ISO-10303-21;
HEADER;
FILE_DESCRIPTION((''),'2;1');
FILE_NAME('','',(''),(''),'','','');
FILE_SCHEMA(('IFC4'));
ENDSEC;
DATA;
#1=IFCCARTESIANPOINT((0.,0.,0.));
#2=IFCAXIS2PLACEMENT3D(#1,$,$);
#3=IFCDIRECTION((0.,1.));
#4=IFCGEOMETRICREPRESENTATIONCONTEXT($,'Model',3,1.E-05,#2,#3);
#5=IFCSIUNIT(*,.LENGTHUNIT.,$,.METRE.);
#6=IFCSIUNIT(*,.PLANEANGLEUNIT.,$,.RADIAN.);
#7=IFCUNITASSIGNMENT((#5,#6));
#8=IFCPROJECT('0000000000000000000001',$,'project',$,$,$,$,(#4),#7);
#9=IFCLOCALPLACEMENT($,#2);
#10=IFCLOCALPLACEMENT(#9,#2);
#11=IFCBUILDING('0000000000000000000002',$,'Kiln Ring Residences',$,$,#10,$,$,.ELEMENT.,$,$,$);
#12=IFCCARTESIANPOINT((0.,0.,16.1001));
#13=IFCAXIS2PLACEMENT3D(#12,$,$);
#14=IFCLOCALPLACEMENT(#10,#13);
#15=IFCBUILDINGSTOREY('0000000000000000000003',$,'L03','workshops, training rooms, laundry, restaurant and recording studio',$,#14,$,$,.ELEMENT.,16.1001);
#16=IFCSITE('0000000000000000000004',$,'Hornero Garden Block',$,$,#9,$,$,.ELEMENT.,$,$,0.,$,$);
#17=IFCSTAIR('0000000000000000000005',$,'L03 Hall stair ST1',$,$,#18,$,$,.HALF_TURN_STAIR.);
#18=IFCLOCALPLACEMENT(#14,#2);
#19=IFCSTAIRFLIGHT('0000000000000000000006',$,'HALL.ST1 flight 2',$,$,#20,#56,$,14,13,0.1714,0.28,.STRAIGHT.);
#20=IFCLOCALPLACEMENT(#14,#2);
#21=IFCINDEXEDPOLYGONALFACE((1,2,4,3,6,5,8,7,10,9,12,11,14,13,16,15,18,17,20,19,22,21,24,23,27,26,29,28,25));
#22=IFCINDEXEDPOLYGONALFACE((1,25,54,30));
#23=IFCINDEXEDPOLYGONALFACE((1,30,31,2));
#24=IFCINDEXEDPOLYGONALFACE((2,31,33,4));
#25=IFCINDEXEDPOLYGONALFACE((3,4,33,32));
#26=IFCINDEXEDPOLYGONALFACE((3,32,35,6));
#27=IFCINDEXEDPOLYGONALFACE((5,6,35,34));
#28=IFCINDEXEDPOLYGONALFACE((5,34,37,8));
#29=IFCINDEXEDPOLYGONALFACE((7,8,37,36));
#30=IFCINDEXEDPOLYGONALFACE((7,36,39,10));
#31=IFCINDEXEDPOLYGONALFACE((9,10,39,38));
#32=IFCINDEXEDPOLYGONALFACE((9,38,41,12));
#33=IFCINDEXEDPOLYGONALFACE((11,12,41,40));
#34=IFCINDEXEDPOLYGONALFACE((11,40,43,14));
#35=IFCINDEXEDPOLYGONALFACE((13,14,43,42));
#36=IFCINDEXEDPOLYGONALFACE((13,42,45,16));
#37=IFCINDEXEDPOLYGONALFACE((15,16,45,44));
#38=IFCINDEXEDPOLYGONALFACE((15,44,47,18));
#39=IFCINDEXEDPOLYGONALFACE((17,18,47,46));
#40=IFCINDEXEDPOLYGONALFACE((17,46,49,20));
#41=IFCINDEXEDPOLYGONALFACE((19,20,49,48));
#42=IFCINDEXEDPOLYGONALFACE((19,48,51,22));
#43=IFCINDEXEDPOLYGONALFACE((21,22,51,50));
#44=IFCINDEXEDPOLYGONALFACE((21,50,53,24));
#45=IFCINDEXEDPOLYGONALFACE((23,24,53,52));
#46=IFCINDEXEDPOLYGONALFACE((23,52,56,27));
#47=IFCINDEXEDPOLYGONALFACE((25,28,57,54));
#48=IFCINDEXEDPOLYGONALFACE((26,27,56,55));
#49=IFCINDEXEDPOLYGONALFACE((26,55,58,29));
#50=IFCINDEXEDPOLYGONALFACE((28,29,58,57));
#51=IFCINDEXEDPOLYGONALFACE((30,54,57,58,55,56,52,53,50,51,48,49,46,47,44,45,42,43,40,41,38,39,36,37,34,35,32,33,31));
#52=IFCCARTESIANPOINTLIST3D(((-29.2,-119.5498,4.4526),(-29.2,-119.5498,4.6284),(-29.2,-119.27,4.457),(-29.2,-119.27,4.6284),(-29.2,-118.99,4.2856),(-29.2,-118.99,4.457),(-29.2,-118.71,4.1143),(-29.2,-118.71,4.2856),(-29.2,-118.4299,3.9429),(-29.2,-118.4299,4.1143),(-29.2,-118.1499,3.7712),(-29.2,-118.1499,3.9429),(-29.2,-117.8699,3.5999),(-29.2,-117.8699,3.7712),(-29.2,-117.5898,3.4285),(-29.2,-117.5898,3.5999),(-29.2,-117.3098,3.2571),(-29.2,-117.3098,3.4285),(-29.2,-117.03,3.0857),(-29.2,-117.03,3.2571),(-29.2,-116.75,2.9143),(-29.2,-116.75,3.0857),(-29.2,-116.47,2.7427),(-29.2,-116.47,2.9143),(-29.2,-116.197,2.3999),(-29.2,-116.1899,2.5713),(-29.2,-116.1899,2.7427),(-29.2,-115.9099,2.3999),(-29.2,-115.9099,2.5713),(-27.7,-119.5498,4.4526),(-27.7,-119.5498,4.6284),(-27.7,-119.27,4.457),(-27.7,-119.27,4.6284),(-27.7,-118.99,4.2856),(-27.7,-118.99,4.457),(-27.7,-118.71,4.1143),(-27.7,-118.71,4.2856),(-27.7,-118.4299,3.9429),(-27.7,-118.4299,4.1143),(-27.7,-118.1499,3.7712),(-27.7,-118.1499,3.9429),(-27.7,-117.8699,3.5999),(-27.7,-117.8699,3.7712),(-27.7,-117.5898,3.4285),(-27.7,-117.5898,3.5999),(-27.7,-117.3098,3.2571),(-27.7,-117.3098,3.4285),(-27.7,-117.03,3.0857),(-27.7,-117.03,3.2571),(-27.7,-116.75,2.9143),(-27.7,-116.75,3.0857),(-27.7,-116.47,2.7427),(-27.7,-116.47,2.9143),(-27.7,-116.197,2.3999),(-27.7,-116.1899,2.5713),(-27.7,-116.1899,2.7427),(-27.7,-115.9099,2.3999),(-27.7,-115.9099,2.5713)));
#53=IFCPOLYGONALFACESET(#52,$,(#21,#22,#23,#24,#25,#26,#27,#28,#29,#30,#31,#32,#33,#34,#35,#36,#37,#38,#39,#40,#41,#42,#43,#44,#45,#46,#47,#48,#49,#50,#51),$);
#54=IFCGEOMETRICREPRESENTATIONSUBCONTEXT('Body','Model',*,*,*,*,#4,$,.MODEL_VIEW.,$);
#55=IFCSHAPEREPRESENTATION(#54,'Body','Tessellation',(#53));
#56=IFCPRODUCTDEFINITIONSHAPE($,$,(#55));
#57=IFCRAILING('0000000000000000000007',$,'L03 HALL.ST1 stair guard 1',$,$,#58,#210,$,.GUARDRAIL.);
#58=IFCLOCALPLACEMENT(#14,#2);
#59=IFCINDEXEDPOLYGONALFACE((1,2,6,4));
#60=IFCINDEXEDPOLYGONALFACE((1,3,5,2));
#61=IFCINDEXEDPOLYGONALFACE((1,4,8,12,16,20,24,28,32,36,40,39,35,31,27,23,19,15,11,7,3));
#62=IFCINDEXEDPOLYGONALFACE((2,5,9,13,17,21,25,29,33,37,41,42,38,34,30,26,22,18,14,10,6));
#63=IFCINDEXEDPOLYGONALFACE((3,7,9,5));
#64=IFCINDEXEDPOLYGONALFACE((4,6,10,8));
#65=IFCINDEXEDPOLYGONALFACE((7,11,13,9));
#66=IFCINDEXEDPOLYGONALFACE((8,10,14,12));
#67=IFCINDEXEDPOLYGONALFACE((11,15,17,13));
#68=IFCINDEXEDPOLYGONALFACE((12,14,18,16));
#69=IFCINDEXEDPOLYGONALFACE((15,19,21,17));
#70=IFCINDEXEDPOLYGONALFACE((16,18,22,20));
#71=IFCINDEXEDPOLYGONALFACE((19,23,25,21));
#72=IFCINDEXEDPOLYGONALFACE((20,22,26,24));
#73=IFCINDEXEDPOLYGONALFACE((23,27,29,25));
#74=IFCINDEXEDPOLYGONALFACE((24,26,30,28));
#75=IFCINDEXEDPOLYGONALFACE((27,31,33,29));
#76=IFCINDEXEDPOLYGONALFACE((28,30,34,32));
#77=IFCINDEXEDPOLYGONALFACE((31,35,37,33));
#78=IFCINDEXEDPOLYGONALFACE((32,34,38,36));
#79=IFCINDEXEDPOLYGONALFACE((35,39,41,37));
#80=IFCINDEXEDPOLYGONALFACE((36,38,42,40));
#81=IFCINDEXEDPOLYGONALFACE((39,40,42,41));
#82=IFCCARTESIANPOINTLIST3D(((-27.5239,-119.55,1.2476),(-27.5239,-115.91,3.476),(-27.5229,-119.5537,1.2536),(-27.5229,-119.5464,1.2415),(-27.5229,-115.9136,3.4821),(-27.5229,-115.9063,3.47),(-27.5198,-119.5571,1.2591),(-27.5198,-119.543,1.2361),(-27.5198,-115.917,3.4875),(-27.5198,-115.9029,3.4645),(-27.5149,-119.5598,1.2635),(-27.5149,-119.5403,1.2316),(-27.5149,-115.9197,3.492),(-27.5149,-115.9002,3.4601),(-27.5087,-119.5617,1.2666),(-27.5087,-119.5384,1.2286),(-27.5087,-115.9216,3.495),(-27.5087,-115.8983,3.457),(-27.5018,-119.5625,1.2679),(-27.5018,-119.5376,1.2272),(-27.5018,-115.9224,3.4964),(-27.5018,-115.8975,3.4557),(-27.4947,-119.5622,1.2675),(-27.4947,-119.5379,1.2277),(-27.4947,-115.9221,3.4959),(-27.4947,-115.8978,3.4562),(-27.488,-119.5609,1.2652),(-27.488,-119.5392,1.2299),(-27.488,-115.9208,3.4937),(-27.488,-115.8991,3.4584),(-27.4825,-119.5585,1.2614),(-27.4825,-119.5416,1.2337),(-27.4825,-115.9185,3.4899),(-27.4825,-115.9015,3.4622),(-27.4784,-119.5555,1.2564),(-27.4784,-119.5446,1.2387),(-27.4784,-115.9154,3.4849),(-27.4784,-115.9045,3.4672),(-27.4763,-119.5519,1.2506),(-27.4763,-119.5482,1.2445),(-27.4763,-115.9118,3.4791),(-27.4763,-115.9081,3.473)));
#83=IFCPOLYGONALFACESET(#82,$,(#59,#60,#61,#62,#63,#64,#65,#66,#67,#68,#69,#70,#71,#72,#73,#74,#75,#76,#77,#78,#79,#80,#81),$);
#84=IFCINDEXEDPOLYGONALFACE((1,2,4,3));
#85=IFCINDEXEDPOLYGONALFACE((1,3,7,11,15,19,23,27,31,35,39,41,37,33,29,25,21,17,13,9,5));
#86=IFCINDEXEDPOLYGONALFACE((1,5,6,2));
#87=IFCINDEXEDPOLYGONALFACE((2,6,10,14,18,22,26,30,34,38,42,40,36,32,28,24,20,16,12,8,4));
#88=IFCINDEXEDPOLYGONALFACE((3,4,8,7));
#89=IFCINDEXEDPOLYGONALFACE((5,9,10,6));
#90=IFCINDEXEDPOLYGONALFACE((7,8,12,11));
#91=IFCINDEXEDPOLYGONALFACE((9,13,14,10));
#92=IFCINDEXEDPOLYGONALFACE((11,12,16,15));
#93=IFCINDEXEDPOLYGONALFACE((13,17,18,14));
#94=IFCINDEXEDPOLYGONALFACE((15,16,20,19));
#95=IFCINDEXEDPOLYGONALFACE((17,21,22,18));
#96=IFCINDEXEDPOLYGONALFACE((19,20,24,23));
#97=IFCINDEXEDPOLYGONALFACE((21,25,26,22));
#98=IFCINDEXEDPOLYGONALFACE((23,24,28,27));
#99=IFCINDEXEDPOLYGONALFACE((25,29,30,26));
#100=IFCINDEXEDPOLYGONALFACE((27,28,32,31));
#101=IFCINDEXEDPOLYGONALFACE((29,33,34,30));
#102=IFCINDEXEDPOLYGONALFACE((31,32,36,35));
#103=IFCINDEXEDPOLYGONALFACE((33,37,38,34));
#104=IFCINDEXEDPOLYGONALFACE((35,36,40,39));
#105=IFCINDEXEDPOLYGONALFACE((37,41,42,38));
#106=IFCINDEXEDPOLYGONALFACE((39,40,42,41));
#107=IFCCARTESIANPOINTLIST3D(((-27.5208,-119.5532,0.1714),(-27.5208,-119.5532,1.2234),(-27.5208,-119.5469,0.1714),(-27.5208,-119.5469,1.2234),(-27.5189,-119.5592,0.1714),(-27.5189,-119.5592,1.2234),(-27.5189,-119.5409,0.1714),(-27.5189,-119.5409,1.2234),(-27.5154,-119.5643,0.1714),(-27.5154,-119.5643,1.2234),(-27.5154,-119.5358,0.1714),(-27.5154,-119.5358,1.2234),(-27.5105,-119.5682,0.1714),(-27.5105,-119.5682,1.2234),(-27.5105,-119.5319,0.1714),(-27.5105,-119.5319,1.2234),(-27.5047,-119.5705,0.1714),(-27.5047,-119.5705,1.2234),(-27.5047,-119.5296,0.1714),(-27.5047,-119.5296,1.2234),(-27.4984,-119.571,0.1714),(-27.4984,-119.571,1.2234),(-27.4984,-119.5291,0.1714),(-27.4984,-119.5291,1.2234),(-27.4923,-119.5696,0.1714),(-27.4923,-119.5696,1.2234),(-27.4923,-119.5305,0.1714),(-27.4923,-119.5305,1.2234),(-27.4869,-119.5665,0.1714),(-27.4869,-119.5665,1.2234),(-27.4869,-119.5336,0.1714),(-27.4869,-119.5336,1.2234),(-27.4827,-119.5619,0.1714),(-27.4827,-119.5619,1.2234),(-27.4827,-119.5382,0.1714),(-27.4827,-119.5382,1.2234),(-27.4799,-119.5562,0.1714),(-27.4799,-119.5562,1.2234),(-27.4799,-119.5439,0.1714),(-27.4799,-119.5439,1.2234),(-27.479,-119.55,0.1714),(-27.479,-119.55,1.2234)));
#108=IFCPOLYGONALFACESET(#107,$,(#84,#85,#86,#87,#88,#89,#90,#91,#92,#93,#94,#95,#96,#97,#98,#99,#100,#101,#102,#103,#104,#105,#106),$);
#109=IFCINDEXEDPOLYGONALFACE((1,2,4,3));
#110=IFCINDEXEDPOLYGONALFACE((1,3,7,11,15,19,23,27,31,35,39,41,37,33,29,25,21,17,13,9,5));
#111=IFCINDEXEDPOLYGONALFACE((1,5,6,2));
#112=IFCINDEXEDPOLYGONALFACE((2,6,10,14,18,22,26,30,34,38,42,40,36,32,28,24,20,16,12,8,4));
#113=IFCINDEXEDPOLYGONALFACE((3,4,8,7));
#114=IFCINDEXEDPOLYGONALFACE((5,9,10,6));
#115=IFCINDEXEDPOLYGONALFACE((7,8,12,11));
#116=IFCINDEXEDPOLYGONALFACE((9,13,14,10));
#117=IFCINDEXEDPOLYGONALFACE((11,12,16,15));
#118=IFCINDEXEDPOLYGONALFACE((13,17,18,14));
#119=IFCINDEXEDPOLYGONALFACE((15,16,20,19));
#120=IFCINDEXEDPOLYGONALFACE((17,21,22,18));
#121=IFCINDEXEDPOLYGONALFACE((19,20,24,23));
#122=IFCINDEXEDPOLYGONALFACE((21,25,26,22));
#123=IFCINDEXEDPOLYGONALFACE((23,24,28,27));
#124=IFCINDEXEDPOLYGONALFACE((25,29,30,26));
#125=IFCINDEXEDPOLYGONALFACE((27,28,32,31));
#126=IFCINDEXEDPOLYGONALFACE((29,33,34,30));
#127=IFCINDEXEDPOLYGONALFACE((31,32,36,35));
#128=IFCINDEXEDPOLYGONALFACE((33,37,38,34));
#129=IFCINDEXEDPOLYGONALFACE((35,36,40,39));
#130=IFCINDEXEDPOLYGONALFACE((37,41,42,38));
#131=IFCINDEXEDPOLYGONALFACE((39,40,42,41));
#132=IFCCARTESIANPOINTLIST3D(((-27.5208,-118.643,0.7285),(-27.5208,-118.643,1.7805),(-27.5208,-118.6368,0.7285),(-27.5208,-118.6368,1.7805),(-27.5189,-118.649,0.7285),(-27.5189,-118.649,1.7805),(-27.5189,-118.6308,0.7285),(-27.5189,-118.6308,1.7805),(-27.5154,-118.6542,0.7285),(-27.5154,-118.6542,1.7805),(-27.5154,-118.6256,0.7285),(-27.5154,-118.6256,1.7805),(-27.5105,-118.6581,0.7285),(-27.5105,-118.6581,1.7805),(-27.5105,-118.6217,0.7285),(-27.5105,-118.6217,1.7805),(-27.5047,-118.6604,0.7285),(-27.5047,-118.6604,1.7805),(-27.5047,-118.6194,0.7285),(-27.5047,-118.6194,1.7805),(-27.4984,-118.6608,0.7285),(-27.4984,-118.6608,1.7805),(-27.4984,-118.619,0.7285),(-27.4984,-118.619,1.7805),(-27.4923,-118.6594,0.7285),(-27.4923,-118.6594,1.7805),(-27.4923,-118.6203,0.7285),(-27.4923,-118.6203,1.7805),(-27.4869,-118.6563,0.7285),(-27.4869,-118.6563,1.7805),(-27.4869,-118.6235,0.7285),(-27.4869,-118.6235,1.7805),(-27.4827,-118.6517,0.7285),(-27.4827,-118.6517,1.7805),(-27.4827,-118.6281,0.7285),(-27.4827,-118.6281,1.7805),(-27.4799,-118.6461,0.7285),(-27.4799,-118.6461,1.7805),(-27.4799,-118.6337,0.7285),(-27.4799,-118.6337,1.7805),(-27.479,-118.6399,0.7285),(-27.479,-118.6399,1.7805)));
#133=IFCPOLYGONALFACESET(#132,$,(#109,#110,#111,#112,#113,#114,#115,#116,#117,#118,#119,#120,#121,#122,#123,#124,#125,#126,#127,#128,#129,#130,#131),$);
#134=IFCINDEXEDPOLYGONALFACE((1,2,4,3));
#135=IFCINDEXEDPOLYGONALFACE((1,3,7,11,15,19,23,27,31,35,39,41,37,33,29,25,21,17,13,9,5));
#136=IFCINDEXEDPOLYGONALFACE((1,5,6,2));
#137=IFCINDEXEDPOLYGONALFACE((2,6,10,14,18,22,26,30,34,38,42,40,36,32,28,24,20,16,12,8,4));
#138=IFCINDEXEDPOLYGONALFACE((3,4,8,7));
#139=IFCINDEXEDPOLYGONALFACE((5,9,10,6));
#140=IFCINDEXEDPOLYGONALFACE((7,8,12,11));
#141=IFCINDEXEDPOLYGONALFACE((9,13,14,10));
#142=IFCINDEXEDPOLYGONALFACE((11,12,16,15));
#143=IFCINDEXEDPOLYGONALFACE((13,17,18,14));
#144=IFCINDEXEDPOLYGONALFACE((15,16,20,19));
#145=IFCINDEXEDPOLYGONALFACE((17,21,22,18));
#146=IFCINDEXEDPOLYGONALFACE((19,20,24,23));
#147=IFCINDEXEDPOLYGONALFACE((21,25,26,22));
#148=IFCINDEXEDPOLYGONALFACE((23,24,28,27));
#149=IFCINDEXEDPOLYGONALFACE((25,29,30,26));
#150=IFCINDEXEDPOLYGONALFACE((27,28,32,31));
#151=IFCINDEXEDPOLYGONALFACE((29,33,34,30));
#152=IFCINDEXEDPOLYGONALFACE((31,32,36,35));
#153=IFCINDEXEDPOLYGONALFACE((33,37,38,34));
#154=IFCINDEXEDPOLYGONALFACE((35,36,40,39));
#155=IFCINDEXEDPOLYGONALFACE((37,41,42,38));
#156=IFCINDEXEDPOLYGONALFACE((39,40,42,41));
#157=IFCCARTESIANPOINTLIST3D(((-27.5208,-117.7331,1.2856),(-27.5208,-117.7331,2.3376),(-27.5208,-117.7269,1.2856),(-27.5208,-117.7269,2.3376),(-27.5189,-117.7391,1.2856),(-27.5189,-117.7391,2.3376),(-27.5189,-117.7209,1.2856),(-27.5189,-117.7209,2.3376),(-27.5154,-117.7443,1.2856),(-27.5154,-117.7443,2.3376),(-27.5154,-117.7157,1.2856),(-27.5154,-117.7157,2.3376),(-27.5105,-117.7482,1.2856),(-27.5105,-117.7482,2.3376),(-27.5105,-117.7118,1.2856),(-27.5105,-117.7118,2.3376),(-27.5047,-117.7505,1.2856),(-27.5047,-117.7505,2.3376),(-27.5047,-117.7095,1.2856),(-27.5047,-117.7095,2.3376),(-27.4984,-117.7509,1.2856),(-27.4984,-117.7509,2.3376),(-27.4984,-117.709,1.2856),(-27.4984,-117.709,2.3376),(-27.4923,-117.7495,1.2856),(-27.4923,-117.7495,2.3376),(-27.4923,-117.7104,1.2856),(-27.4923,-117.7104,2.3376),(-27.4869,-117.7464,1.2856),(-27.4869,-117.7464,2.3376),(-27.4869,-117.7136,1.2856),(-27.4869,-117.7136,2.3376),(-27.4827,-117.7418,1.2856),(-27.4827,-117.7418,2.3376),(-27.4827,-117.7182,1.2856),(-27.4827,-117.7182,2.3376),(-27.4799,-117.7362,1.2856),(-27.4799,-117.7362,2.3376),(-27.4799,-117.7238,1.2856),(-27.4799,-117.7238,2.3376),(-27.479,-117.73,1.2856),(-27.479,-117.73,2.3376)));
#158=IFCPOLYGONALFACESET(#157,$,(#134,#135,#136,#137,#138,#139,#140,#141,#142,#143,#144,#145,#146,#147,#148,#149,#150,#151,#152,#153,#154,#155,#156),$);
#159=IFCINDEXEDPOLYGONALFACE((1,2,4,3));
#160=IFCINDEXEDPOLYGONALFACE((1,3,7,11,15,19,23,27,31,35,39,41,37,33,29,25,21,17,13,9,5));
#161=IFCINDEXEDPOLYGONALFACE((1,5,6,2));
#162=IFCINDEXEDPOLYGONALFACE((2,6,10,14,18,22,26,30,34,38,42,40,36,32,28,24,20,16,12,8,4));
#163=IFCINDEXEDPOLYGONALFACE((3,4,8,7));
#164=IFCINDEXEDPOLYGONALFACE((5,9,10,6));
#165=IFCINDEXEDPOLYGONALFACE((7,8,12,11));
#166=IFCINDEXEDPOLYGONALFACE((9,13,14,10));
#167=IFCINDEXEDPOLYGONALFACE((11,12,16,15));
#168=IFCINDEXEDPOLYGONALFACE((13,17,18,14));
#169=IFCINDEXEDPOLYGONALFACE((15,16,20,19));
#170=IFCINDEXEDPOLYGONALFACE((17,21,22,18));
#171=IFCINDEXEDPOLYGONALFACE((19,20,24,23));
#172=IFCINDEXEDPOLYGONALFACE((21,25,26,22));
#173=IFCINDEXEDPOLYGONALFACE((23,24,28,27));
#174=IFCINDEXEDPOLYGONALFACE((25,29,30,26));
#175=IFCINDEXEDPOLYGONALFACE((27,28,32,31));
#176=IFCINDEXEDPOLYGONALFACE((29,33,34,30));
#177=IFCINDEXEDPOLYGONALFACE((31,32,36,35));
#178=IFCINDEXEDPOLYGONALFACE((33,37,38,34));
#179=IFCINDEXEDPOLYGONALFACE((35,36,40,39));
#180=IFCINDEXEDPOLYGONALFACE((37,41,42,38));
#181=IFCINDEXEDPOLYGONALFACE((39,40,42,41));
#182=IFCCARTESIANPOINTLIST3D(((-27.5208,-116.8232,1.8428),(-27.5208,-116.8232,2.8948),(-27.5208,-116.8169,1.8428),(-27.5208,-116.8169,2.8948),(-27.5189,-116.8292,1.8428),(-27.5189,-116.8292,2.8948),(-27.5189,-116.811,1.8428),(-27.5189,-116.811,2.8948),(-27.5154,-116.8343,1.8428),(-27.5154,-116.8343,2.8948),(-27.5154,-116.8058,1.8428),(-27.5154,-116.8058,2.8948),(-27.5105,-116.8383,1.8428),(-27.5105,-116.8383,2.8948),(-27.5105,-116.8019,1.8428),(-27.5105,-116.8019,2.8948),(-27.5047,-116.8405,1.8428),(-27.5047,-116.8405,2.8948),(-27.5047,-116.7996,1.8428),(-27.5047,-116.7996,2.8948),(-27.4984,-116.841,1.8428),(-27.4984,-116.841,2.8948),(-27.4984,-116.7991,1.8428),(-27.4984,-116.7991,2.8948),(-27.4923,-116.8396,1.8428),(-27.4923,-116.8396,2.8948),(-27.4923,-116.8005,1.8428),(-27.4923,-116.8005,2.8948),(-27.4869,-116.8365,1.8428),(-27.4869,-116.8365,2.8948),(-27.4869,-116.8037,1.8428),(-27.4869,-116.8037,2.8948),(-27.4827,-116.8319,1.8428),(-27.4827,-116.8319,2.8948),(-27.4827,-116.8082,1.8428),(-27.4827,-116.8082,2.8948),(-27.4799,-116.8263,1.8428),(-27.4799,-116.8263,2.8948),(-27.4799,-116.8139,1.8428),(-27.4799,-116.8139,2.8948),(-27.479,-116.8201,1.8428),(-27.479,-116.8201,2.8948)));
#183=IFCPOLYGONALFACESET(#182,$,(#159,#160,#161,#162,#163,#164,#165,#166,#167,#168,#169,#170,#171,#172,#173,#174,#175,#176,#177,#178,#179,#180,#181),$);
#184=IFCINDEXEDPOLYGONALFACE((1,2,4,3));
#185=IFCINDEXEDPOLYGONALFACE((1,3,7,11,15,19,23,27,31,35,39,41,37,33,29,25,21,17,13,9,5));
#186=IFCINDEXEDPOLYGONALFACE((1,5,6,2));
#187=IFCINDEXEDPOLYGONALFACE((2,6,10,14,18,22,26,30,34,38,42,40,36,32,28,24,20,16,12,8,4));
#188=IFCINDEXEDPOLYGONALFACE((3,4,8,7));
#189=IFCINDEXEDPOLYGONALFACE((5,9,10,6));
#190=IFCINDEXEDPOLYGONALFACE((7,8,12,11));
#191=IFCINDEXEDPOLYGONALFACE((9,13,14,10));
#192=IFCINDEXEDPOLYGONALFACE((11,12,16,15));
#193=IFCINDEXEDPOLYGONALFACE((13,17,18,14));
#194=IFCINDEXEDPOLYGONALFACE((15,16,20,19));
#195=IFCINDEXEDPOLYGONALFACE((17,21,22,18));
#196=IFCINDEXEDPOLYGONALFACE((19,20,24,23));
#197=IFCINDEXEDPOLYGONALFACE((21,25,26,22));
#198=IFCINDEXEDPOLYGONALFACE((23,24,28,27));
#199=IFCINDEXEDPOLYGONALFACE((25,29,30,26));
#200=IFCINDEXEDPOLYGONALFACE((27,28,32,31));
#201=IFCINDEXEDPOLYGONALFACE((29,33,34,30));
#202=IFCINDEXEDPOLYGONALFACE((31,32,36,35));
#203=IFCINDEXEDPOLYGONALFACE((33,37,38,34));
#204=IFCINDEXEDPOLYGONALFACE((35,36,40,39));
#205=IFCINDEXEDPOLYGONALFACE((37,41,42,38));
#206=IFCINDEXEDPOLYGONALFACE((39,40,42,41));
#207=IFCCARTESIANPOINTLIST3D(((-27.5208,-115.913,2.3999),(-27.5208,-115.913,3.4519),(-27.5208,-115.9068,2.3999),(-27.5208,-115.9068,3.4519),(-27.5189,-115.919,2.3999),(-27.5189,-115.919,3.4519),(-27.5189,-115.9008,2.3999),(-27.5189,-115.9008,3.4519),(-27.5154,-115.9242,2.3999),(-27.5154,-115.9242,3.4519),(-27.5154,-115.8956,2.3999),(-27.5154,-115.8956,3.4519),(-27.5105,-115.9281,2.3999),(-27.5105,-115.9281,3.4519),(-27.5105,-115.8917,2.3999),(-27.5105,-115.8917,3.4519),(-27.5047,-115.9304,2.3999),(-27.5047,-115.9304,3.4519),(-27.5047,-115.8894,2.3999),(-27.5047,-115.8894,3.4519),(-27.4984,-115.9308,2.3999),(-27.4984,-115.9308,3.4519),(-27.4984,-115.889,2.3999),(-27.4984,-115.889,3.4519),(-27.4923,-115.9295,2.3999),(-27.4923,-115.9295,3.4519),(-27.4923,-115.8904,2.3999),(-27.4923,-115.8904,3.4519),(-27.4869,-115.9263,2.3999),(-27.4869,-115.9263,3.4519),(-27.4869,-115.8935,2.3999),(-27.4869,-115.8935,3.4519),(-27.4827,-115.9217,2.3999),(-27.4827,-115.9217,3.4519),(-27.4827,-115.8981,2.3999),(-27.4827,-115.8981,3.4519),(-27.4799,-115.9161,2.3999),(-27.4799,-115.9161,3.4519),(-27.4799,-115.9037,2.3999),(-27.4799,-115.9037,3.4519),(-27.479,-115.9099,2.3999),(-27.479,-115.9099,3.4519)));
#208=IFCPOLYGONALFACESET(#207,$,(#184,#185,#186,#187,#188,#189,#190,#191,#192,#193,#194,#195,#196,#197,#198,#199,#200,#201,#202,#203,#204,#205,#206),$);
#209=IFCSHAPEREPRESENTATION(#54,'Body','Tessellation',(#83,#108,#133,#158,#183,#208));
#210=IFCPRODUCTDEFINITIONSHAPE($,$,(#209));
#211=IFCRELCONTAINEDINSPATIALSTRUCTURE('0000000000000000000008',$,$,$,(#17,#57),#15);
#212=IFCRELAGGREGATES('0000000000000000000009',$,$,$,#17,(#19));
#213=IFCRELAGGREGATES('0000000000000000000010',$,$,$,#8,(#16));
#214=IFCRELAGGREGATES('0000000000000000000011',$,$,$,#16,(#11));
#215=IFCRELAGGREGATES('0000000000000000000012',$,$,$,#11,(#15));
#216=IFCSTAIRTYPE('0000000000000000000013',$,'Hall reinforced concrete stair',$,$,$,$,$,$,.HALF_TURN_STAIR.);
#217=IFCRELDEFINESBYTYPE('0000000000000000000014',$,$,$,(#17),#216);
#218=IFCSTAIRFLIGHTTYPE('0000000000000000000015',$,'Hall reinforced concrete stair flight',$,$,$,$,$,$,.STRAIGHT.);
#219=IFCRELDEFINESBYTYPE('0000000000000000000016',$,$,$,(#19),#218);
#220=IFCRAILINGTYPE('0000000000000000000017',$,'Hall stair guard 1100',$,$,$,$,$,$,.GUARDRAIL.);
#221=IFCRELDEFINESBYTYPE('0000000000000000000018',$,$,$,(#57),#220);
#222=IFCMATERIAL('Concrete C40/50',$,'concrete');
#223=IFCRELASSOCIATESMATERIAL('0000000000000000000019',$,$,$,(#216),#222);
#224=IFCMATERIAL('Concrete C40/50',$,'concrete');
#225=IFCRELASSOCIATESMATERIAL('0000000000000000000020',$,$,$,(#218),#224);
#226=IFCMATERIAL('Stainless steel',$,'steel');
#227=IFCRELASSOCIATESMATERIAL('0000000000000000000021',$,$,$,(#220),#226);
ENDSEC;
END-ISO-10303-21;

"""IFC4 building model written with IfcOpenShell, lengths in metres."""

from ifc_helpers import new_model, si_unit, direction, frame, origin, origin_2d, place, context, subcontext, project, spatial, polyline, circle, outline, extrude, material, type_object, element, aggregate, save


model = new_model("IFC4")

# Units and contexts
model_context = context("Model", 3, precision=1e-05, world=origin(), true_north=direction((0.0, 1.0)))
body_context = subcontext(model_context, "Body", "Model", "MODEL_VIEW")
ifc_project = project(units=[si_unit("LENGTHUNIT", "METRE"), si_unit("PLANEANGLEUNIT", "RADIAN")], contexts=[model_context])

# Site, building, storey
site_placement = place(None, origin())
site = spatial("IfcSite", under=ifc_project, at=site_placement, Name="Hornero Garden Block", CompositionType="ELEMENT", RefElevation=0.0)
building_placement = place(site_placement, origin())
building = spatial("IfcBuilding", under=site, at=building_placement, Name="Kiln Ring Residences", CompositionType="ELEMENT")
storey_placement = place(building_placement, frame((0.0, 0.0, 16.1001)))
storey = spatial("IfcBuildingStorey", under=building, at=storey_placement, Name="L03", Description="workshops, training rooms, laundry, restaurant and recording studio", CompositionType="ELEMENT", Elevation=16.1001)

# Stair, stair flight
ifc_material_1 = material(Name="Concrete C40/50", Category="concrete")
stair_type = type_object("IfcStairType", Name="Hall reinforced concrete stair", PredefinedType="HALF_TURN_STAIR", material=ifc_material_1)
stair_placement = place(storey_placement, origin())
stair = element("IfcStair", 1, at=stair_placement, inside=storey, type_object=stair_type, Name="L03 Hall stair ST1", PredefinedType="HALF_TURN_STAIR")
ifc_material_2 = material(Name="Concrete C40/50", Category="concrete")
stair_flight_type = type_object("IfcStairFlightType", Name="Hall reinforced concrete stair flight", PredefinedType="STRAIGHT", material=ifc_material_2)
stair_flight_1_placement = place(storey_placement, frame((-28.45, -115.9099, 2.3999), z_axis=(0.0, 0.0, 1.0), x_axis=(0.0, -1.0, 0.0)))
stair_flight_1 = element("IfcStairFlight", 2, at=stair_flight_1_placement, type_object=stair_flight_type, Name="HALL.ST1 flight 2", NumberOfRisers=14, NumberOfTreads=13, PredefinedType="STRAIGHT", RiserHeight=0.1714, TreadLength=0.28, context=body_context, shape_type="SweptSolid", body=[
    extrude(outline(polyline([(0.0, 0.0), (0.0, 0.1714), (0.28, 0.1714), (0.28, 0.3428), (0.5601, 0.3428), (0.5601, 0.5144), (0.8401, 0.5144), (0.8401, 0.6858), (1.1201, 0.6858), (1.1201, 0.8572), (1.3999, 0.8572), (1.3999, 1.0286), (1.6799, 1.0286), (1.6799, 1.2), (1.96, 1.2), (1.96, 1.3713), (2.24, 1.3713), (2.24, 1.543), (2.52, 1.543), (2.52, 1.7144), (2.8, 1.7144), (2.8, 1.8857), (3.0801, 1.8857), (3.0801, 2.0571), (3.3601, 2.0571), (3.3601, 2.2285), (3.6399, 2.2285), (3.6399, 2.3999), (3.6399, 2.0527), (0.2871, 0.0), (0.0, 0.0)])), frame((0.0, 0.75, 0.0), z_axis=(0.0, -1.0, 0.0), x_axis=(1.0, 0.0, 0.0)), (0.0, 0.0, 1.0), 1.5),
])
aggregate(stair, [stair_flight_1])

# Railing
ifc_material_3 = material(Name="Stainless steel", Category="steel")
railing_type_1 = type_object("IfcRailingType", Name="Hall stair guard 1100", PredefinedType="GUARDRAIL", material=ifc_material_3)
railing_1_placement = place(storey_placement, frame((-27.5, -119.55, 0.1714)))
element("IfcRailing", 3, at=railing_1_placement, inside=storey, type_object=railing_type_1, Name="L03 HALL.ST1 stair guard 1", PredefinedType="GUARDRAIL", context=body_context, shape_type="SweptSolid", body=[
    extrude(circle(Radius=0.0239, at=origin_2d()), frame((0.0, 0.0, 1.0762), z_axis=(0.0, 0.852866, 0.52213), x_axis=(-1.0, 0.0, 0.0)), (0.0, 0.0, 1.0), 4.2681),
    extrude(circle(Radius=0.021, at=origin_2d()), origin(), (0.0, 0.0, 1.0), 1.052),
    extrude(circle(Radius=0.021, at=origin_2d()), frame((0.0, 0.9102, 0.5571)), (0.0, 0.0, 1.0), 1.052),
    extrude(circle(Radius=0.021, at=origin_2d()), frame((0.0, 1.8201, 1.1143)), (0.0, 0.0, 1.0), 1.052),
    extrude(circle(Radius=0.021, at=origin_2d()), frame((0.0, 2.73, 1.6714)), (0.0, 0.0, 1.0), 1.052),
    extrude(circle(Radius=0.021, at=origin_2d()), frame((0.0, 3.6401, 2.2285)), (0.0, 0.0, 1.0), 1.052),
])

save(model, "model.ifc")
